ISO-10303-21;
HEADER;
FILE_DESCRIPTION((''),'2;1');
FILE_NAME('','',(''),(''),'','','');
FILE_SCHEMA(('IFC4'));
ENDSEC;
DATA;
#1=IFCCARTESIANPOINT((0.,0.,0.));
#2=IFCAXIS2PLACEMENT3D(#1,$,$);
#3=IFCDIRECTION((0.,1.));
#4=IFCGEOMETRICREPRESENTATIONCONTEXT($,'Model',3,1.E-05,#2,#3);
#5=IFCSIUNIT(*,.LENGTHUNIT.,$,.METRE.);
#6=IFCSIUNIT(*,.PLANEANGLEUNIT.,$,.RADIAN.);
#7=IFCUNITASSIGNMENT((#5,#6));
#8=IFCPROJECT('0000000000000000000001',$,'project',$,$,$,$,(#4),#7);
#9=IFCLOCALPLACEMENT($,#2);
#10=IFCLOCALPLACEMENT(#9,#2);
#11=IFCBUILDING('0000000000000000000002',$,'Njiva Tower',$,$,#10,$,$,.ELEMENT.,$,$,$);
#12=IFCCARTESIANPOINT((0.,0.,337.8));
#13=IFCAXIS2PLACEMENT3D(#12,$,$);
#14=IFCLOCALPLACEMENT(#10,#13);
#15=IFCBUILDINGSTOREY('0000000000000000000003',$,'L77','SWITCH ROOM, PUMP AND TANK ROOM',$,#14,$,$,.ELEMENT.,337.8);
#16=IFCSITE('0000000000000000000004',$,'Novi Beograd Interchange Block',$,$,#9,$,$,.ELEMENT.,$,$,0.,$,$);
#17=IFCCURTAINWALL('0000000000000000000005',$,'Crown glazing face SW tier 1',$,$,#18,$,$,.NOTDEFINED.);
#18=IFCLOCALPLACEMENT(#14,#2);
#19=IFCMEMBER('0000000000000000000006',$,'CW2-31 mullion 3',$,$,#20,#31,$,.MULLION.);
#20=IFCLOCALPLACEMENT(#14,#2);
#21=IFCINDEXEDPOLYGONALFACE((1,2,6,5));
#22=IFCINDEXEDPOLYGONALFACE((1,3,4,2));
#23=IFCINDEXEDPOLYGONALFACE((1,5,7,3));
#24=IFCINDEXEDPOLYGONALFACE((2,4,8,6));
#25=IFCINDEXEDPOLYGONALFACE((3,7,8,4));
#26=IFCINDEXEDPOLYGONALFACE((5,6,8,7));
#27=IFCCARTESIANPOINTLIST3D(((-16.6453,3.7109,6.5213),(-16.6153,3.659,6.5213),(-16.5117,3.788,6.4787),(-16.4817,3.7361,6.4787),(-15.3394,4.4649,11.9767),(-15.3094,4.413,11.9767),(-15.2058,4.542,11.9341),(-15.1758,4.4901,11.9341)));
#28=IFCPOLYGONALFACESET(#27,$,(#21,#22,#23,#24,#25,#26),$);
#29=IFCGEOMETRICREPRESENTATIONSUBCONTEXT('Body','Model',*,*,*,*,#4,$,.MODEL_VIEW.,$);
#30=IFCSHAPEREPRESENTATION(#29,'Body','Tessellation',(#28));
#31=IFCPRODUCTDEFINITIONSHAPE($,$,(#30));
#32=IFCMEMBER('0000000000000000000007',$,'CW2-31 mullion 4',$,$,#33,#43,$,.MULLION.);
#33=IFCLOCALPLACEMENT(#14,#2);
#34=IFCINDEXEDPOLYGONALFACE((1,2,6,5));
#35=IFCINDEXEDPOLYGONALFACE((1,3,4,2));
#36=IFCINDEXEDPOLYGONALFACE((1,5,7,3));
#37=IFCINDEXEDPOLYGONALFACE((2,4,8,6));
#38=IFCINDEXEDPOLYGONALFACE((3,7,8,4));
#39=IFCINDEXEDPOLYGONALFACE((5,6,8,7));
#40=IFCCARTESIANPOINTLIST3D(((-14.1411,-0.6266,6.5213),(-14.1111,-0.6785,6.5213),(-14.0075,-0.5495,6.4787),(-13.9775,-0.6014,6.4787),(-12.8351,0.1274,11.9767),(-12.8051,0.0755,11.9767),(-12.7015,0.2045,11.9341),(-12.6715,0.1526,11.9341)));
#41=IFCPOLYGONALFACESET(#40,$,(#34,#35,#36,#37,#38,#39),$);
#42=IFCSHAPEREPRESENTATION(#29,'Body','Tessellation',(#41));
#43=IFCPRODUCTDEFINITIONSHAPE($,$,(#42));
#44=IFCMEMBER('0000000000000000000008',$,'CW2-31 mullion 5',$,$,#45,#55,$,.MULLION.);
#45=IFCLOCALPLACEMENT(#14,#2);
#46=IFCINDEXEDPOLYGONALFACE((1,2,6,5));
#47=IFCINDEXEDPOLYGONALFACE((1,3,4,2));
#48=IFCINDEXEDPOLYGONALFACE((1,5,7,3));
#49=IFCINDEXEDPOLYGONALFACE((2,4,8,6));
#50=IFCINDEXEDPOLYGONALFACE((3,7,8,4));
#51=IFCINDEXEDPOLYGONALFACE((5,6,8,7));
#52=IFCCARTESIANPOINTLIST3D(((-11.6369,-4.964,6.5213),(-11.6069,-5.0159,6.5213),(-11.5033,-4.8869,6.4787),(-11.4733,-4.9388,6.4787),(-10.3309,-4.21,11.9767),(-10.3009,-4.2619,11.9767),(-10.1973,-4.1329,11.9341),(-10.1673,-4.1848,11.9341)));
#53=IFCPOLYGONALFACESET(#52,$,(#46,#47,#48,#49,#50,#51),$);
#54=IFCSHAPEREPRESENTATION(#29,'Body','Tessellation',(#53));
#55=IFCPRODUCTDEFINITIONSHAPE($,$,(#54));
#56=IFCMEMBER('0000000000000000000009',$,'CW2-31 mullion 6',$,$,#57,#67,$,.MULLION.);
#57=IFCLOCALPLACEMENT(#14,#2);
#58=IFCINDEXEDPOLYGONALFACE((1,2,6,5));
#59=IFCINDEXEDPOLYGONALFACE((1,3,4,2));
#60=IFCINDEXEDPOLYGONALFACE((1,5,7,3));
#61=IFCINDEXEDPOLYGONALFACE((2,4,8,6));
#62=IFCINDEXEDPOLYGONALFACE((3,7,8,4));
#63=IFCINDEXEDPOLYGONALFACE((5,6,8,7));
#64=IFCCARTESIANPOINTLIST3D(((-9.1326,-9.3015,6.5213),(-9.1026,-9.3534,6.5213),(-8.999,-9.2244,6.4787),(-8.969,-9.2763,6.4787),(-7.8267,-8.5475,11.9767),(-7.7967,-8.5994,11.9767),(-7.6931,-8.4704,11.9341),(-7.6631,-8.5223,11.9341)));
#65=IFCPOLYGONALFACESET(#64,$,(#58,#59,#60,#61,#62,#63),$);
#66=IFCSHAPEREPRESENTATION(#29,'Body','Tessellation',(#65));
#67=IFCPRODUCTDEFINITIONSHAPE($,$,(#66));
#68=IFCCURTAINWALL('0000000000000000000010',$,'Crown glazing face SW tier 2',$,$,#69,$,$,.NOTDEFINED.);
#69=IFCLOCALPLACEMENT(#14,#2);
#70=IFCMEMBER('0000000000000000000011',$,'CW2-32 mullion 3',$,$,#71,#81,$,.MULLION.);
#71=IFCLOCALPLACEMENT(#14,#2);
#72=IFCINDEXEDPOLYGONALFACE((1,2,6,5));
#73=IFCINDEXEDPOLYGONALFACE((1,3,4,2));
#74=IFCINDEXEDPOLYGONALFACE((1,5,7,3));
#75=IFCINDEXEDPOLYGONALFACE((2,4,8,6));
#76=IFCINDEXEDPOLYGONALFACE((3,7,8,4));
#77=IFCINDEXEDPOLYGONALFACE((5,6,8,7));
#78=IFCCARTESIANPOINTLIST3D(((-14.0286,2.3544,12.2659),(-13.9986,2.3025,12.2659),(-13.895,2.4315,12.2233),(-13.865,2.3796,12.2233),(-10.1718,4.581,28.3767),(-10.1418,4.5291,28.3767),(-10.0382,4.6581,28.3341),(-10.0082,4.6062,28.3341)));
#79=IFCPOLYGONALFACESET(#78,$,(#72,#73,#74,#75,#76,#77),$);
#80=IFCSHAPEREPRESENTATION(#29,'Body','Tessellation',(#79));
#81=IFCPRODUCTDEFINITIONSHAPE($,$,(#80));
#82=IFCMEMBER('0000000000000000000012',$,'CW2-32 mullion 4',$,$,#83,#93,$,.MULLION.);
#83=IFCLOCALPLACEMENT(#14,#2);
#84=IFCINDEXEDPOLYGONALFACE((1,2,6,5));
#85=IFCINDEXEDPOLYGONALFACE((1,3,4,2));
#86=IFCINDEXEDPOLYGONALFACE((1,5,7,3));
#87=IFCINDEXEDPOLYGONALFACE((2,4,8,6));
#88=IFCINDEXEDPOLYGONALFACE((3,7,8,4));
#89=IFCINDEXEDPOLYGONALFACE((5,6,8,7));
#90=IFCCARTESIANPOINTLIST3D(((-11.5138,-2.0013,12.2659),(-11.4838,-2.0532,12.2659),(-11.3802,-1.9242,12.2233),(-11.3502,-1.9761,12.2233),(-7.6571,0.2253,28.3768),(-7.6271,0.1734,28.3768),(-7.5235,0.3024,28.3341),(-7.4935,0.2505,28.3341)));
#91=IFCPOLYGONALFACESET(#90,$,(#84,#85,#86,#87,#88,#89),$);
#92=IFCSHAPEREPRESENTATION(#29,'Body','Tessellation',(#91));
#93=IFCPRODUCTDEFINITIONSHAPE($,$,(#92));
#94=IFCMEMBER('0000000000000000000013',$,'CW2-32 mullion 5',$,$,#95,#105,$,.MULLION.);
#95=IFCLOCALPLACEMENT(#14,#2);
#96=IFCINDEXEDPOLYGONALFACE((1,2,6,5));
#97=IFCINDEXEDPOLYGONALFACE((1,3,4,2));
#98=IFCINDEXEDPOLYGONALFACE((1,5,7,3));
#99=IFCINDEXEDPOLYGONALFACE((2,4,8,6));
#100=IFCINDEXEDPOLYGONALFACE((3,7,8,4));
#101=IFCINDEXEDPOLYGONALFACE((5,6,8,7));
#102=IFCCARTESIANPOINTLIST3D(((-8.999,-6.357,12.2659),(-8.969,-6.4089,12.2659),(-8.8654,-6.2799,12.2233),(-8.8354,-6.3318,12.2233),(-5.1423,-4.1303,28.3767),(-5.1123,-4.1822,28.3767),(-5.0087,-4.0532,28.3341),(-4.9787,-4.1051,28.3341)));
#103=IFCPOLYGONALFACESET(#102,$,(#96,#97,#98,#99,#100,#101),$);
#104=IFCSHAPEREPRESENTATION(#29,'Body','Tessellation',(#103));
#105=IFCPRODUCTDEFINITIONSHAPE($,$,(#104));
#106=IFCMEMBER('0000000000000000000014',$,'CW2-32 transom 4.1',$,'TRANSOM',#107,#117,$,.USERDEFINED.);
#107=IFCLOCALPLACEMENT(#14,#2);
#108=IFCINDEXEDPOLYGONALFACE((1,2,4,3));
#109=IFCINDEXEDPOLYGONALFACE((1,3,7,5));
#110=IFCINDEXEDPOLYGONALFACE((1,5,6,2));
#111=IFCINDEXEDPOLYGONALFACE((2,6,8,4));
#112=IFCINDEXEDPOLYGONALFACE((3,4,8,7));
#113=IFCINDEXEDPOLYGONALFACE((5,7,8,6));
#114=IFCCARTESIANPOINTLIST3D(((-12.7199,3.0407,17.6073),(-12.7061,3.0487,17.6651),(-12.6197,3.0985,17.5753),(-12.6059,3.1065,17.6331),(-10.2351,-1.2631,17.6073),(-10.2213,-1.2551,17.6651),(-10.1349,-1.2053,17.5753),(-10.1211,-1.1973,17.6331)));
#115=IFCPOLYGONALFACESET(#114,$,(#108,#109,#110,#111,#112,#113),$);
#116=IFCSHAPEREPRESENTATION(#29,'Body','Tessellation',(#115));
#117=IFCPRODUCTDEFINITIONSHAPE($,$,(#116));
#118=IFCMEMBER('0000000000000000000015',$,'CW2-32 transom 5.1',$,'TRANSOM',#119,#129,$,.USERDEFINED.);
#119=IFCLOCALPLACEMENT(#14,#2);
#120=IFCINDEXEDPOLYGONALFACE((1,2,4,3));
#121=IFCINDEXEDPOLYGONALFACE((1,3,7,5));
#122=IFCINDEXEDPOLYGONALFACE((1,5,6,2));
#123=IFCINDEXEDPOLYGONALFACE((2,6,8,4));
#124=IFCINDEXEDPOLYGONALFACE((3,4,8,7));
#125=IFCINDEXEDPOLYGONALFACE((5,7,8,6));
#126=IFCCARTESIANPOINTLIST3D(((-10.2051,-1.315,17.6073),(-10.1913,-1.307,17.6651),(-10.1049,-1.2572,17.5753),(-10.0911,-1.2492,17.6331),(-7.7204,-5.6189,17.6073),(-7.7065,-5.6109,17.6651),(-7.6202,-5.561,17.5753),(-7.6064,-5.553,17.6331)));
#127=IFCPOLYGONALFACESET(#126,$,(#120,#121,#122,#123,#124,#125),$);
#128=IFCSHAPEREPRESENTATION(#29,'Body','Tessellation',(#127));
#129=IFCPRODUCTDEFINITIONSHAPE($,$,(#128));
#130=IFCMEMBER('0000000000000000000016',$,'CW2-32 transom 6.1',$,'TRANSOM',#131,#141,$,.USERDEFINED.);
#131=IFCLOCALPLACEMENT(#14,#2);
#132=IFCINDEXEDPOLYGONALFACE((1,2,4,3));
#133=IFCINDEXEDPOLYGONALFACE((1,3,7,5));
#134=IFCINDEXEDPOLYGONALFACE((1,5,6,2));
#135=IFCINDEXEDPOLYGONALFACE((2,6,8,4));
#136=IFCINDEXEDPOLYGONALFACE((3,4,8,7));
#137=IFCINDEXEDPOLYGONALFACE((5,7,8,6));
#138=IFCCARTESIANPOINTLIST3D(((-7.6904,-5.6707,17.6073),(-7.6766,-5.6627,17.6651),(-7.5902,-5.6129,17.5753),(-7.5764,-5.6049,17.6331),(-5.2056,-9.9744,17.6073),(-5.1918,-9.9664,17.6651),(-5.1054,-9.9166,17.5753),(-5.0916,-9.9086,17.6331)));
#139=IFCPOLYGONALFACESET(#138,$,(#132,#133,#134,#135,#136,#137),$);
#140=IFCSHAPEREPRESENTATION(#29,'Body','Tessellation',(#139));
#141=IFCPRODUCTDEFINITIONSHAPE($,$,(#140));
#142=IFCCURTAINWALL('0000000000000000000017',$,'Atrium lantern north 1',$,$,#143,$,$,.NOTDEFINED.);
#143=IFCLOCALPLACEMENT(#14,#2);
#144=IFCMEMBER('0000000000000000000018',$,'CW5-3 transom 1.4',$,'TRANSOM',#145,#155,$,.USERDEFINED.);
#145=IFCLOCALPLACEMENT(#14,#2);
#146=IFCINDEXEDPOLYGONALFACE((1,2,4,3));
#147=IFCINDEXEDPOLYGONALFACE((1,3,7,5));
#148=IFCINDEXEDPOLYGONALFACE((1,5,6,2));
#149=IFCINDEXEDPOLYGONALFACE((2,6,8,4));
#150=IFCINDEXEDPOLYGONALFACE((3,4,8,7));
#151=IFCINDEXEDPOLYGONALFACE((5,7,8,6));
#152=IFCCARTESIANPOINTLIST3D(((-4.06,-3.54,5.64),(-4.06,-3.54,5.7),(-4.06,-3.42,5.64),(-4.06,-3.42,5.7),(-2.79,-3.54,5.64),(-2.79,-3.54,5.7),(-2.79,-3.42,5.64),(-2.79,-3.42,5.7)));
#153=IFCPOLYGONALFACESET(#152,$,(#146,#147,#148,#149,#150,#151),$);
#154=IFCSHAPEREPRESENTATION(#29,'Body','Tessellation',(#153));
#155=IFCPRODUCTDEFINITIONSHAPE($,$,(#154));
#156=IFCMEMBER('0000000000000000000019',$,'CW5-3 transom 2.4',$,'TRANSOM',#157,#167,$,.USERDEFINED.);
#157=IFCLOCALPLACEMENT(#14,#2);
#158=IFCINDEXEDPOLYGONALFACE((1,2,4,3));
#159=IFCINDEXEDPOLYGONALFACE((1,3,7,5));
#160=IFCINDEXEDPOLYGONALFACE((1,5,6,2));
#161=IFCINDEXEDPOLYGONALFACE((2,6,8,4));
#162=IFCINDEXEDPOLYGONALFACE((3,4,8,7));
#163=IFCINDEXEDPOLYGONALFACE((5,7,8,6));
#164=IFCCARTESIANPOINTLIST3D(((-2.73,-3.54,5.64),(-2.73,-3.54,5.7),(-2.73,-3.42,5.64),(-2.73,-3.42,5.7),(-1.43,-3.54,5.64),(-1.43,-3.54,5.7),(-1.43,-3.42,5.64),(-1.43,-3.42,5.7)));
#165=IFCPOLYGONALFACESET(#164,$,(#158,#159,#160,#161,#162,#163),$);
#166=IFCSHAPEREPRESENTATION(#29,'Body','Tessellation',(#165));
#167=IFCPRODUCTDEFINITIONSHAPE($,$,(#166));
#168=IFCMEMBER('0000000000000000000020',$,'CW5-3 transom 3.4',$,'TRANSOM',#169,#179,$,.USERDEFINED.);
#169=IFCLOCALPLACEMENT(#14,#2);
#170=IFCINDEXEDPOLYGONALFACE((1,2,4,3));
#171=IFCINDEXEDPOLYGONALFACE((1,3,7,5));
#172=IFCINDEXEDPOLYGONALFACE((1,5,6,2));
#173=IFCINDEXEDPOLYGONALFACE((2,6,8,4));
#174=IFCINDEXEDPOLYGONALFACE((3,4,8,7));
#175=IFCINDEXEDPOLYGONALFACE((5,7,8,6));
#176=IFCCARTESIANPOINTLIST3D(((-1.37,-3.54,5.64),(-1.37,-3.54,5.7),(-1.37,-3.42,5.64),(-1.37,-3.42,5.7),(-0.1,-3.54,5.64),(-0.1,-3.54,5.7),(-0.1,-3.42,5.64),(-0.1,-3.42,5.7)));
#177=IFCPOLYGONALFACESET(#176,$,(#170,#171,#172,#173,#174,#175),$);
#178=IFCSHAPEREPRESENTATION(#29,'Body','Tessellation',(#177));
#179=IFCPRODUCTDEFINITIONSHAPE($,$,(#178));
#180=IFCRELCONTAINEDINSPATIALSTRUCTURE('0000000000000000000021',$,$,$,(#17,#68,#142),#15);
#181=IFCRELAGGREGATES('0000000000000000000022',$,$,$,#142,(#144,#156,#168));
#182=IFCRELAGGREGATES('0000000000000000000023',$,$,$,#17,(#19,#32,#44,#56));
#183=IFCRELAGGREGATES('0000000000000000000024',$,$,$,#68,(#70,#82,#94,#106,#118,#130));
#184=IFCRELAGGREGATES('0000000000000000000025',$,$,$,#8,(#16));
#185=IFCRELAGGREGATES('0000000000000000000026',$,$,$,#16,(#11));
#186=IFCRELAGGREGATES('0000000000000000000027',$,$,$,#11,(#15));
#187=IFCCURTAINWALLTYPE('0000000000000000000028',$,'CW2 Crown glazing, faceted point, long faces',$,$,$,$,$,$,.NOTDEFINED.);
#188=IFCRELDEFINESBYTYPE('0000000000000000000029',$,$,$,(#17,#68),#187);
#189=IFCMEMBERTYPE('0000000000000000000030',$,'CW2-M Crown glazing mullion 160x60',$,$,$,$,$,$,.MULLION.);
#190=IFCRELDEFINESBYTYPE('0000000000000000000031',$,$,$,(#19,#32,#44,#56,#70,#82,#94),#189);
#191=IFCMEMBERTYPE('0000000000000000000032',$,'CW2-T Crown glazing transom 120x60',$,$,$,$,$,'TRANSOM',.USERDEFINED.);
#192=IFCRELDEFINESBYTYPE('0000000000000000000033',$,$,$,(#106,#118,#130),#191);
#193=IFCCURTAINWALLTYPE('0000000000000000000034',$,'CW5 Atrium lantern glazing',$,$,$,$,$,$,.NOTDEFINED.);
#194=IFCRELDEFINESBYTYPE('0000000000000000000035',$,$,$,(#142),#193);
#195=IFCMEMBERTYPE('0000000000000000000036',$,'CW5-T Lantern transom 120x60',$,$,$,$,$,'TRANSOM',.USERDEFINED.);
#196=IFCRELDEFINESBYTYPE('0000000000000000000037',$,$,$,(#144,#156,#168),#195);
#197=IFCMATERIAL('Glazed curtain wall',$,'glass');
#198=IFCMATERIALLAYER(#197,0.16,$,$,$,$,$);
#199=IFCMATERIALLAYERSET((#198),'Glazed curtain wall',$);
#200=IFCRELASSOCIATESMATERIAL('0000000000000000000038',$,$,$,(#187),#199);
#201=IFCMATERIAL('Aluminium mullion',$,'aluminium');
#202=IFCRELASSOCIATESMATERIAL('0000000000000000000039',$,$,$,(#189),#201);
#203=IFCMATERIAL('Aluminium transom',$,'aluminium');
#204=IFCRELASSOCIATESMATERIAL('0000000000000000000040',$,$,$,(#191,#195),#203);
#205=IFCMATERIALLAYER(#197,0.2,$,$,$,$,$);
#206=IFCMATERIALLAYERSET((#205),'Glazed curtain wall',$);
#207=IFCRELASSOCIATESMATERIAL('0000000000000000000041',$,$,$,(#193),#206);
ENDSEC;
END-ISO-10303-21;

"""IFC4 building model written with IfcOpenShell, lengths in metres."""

from ifc_helpers import new_model, si_unit, direction, frame, origin, origin_2d, place, context, subcontext, project, spatial, rectangle, extrude, clip, halfspace, material, layer, layer_set, material_profile, profile_set, type_object, element, aggregate, save


model = new_model("IFC4")

# Units and contexts
model_context = context("Model", 3, precision=1e-05, world=origin(), true_north=direction((0.0, 1.0)))
body_context = subcontext(model_context, "Body", "Model", "MODEL_VIEW")
ifc_project = project(units=[si_unit("LENGTHUNIT", "METRE"), si_unit("PLANEANGLEUNIT", "RADIAN")], contexts=[model_context])

# Site, building, storey
site_placement = place(None, origin())
site = spatial("IfcSite", under=ifc_project, at=site_placement, Name="Novi Beograd Interchange Block", CompositionType="ELEMENT", RefElevation=0.0)
building_placement = place(site_placement, origin())
building = spatial("IfcBuilding", under=site, at=building_placement, Name="Njiva Tower", CompositionType="ELEMENT")
storey_placement = place(building_placement, frame((0.0, 0.0, 337.8)))
storey = spatial("IfcBuildingStorey", under=building, at=storey_placement, Name="L77", Description="SWITCH ROOM, PUMP AND TANK ROOM", CompositionType="ELEMENT", Elevation=337.8)

# Curtain walls, members
ifc_material_1 = material(Name="Glazed curtain wall", Category="glass")
ifc_layer_1 = layer(ifc_material_1, 0.16)
ifc_layer_set_1 = layer_set([ifc_layer_1], Name="Glazed curtain wall")
curtain_wall_type_1 = type_object("IfcCurtainWallType", Name="CW2 Crown glazing, faceted point, long faces", PredefinedType="NOTDEFINED", material=ifc_layer_set_1)
curtain_wall_1_placement = place(storey_placement, origin())
curtain_wall_1 = element("IfcCurtainWall", 1, at=curtain_wall_1_placement, inside=storey, type_object=curtain_wall_type_1, Name="Crown glazing face SW tier 1", PredefinedType="NOTDEFINED")
ifc_material_2 = material(Name="Aluminium mullion", Category="aluminium")
ifc_material_profile_1 = material_profile(ifc_material_2, rectangle(XDim=0.16, YDim=0.06, at=origin_2d()), Name="RECT 160x60")
ifc_profile_set_1 = profile_set([ifc_material_profile_1], Name="Aluminium mullion")
member_type_1 = type_object("IfcMemberType", Name="CW2-M Crown glazing mullion 160x60", PredefinedType="MULLION", material=ifc_profile_set_1)
member_1_placement = place(storey_placement, frame((-16.5635, 3.7235, 6.5), z_axis=(0.230726, 0.133216, 0.963856), x_axis=(-0.834714, -0.481947, 0.266422)))
member_1 = element("IfcMember", 2, at=member_1_placement, type_object=member_type_1, Name="CW2-31 mullion 3", PredefinedType="MULLION", context=body_context, shape_type="Clipping", body=[
    clip(clip(extrude(rectangle(XDim=0.16, YDim=0.06, at=origin_2d()), origin(), (0.0, 0.0, 1.0), 5.66), halfspace(frame((0.08, 0.0, 0.0), z_axis=(0.000006, -0.000006, -1.0), x_axis=(0.0, -1.0, 0.000006)), False)), halfspace(frame((0.08, 0.0, 5.66), z_axis=(-0.000006, 0.000006, 1.0), x_axis=(0.0, 1.0, -0.000006)), False)),
])
member_2_placement = place(storey_placement, frame((-14.0593, -0.614, 6.5), z_axis=(0.230742, 0.133216, 0.963852), x_axis=(-0.834726, -0.481917, 0.266436)))
member_2 = element("IfcMember", 3, at=member_2_placement, type_object=member_type_1, Name="CW2-31 mullion 4", PredefinedType="MULLION", context=body_context, shape_type="Clipping", body=[
    clip(clip(extrude(rectangle(XDim=0.16, YDim=0.06, at=origin_2d()), origin(), (0.0, 0.0, 1.0), 5.66), halfspace(frame((0.08, 0.0, 0.0), z_axis=(-0.000008, 0.000003, -1.0), x_axis=(0.0, -1.0, -0.000003)), False)), halfspace(frame((0.08, -0.0001, 5.66), z_axis=(0.000008, -0.000003, 1.0), x_axis=(0.0, 1.0, 0.000003)), False)),
])
member_3_placement = place(storey_placement, frame((-11.5551, -4.9514, 6.5), z_axis=(0.230742, 0.133216, 0.963852), x_axis=(-0.834726, -0.481917, 0.266436)))
member_3 = element("IfcMember", 4, at=member_3_placement, type_object=member_type_1, Name="CW2-31 mullion 5", PredefinedType="MULLION", context=body_context, shape_type="Clipping", body=[
    clip(clip(extrude(rectangle(XDim=0.16, YDim=0.06, at=origin_2d()), origin(), (0.0, 0.0, 1.0), 5.66), halfspace(frame((0.08, 0.0, 0.0), z_axis=(-0.000008, 0.000003, -1.0), x_axis=(0.0, -1.0, -0.000003)), False)), halfspace(frame((0.08, 0.0, 5.66), z_axis=(0.000008, -0.000003, 1.0), x_axis=(0.0, 1.0, 0.000003)), False)),
])
member_4_placement = place(storey_placement, frame((-9.0508, -9.2889, 6.5), z_axis=(0.230726, 0.133216, 0.963856), x_axis=(-0.834714, -0.481947, 0.266422)))
member_4 = element("IfcMember", 5, at=member_4_placement, type_object=member_type_1, Name="CW2-31 mullion 6", PredefinedType="MULLION", context=body_context, shape_type="Clipping", body=[
    clip(clip(extrude(rectangle(XDim=0.16, YDim=0.06, at=origin_2d()), origin(), (0.0, 0.0, 1.0), 5.66), halfspace(frame((0.08, 0.0, 0.0), z_axis=(0.000006, -0.000006, -1.0), x_axis=(0.0, -1.0, 0.000006)), False)), halfspace(frame((0.08, 0.0, 5.66), z_axis=(-0.000006, 0.000006, 1.0), x_axis=(0.0, 1.0, -0.000006)), False)),
])
curtain_wall_2_placement = place(storey_placement, origin())
curtain_wall_2 = element("IfcCurtainWall", 6, at=curtain_wall_2_placement, inside=storey, type_object=curtain_wall_type_1, Name="Crown glazing face SW tier 2", PredefinedType="NOTDEFINED")
member_5_placement = place(storey_placement, frame((-13.9468, 2.367, 12.2446), z_axis=(0.230739, 0.13321, 0.963854), x_axis=(-0.834734, -0.481907, 0.266431)))
member_5 = element("IfcMember", 7, at=member_5_placement, type_object=member_type_1, Name="CW2-32 mullion 3", PredefinedType="MULLION", context=body_context, shape_type="Clipping", body=[
    clip(clip(extrude(rectangle(XDim=0.16, YDim=0.06, at=origin_2d()), origin(), (0.0, 0.0, 1.0), 16.715), halfspace(frame((0.08, 0.0001, 0.0), z_axis=(-0.000002, 0.000006, -1.0), x_axis=(0.0, -1.0, -0.000006)), False)), halfspace(frame((0.08, -0.0001, 16.715), z_axis=(0.000002, -0.000006, 1.0), x_axis=(0.0, 1.0, 0.000006)), False)),
])
member_6_placement = place(storey_placement, frame((-11.432, -1.9887, 12.2446), z_axis=(0.230733, 0.13321, 0.963855), x_axis=(-0.834729, -0.481917, 0.266426)))
member_6 = element("IfcMember", 8, at=member_6_placement, type_object=member_type_1, Name="CW2-32 mullion 4", PredefinedType="MULLION", context=body_context, shape_type="Clipping", body=[
    clip(clip(extrude(rectangle(XDim=0.16, YDim=0.06, at=origin_2d()), origin(), (0.0, 0.0, 1.0), 16.715), halfspace(frame((0.08, 0.0, 0.0), z_axis=(0.000002, 0.000003, -1.0), x_axis=(0.0, -1.0, -0.000003)), False)), halfspace(frame((0.08, 0.0, 16.715), z_axis=(-0.000002, -0.000003, 1.0), x_axis=(0.0, 1.0, 0.000003)), False)),
])
member_7_placement = place(storey_placement, frame((-8.9172, -6.3444, 12.2446), z_axis=(0.230733, 0.133216, 0.963855), x_axis=(-0.834719, -0.481933, 0.266429)))
member_7 = element("IfcMember", 9, at=member_7_placement, type_object=member_type_1, Name="CW2-32 mullion 5", PredefinedType="MULLION", context=body_context, shape_type="Clipping", body=[
    clip(clip(extrude(rectangle(XDim=0.16, YDim=0.06, at=origin_2d()), origin(), (0.0, 0.0, 1.0), 16.715), halfspace(frame((0.08, 0.0, 0.0), z_axis=(0.0, -0.000002, -1.0), x_axis=(0.0, -1.0, 0.000002)), False)), halfspace(frame((0.08, 0.0, 16.715), z_axis=(0.0, 0.000002, 1.0), x_axis=(0.0, 1.0, -0.000002)), False)),
])
ifc_material_3 = material(Name="Aluminium transom", Category="aluminium")
ifc_material_profile_2 = material_profile(ifc_material_3, rectangle(XDim=0.12, YDim=0.06, at=origin_2d()), Name="RECT 120x60")
ifc_profile_set_2 = profile_set([ifc_material_profile_2], Name="Aluminium transom")
member_type_2 = type_object("IfcMemberType", Name="CW2-T Crown glazing transom 120x60", ElementType="TRANSOM", PredefinedType="USERDEFINED", material=ifc_profile_set_2)
member_8_placement = place(storey_placement, frame((-12.6629, 3.0736, 17.6202), z_axis=(0.5, -0.866025, 0.0), x_axis=(-0.834723, -0.481927, 0.266428)))
member_8 = element("IfcMember", 10, at=member_8_placement, type_object=member_type_2, Name="CW2-32 transom 4.1", ObjectType="TRANSOM", PredefinedType="USERDEFINED", context=body_context, shape_type="SweptSolid", body=[
    extrude(rectangle(XDim=0.12, YDim=0.06, at=origin_2d()), origin(), (0.0, 0.0, 1.0), 4.9696),
])
member_9_placement = place(storey_placement, frame((-10.1481, -1.2821, 17.6202), z_axis=(0.499985, -0.866034, 0.0), x_axis=(-0.834731, -0.481913, 0.266428)))
member_9 = element("IfcMember", 11, at=member_9_placement, type_object=member_type_2, Name="CW2-32 transom 5.1", ObjectType="TRANSOM", PredefinedType="USERDEFINED", context=body_context, shape_type="SweptSolid", body=[
    extrude(rectangle(XDim=0.12, YDim=0.06, at=origin_2d()), origin(), (0.0, 0.0, 1.0), 4.9696),
])
member_10_placement = place(storey_placement, frame((-7.6334, -5.6378, 17.6202), z_axis=(0.500009, -0.86602, 0.0), x_axis=(-0.834718, -0.481936, 0.266428)))
member_10 = element("IfcMember", 12, at=member_10_placement, type_object=member_type_2, Name="CW2-32 transom 6.1", ObjectType="TRANSOM", PredefinedType="USERDEFINED", context=body_context, shape_type="SweptSolid", body=[
    extrude(rectangle(XDim=0.12, YDim=0.06, at=origin_2d()), origin(), (0.0, 0.0, 1.0), 4.9695),
])
ifc_layer_2 = layer(ifc_material_1, 0.2)
ifc_layer_set_2 = layer_set([ifc_layer_2], Name="Glazed curtain wall")
curtain_wall_type_2 = type_object("IfcCurtainWallType", Name="CW5 Atrium lantern glazing", PredefinedType="NOTDEFINED", material=ifc_layer_set_2)
curtain_wall_3_placement = place(storey_placement, origin())
curtain_wall_3 = element("IfcCurtainWall", 13, at=curtain_wall_3_placement, inside=storey, type_object=curtain_wall_type_2, Name="Atrium lantern north 1", PredefinedType="NOTDEFINED")
ifc_material_profile_3 = material_profile(ifc_material_3, rectangle(XDim=0.12, YDim=0.06, at=origin_2d()), Name="RECT 120x60")
ifc_profile_set_3 = profile_set([ifc_material_profile_3], Name="Aluminium transom")
member_type_3 = type_object("IfcMemberType", Name="CW5-T Lantern transom 120x60", ElementType="TRANSOM", PredefinedType="USERDEFINED", material=ifc_profile_set_3)
member_11_placement = place(storey_placement, frame((-4.06, -3.48, 5.67), z_axis=(1.0, 0.0, 0.0), x_axis=(0.0, 1.0, 0.0)))
member_11 = element("IfcMember", 14, at=member_11_placement, type_object=member_type_3, Name="CW5-3 transom 1.4", ObjectType="TRANSOM", PredefinedType="USERDEFINED", context=body_context, shape_type="SweptSolid", body=[
    extrude(rectangle(XDim=0.12, YDim=0.06, at=origin_2d()), origin(), (0.0, 0.0, 1.0), 1.27),
])
member_12_placement = place(storey_placement, frame((-2.73, -3.48, 5.67), z_axis=(1.0, 0.0, 0.0), x_axis=(0.0, 1.0, 0.0)))
member_12 = element("IfcMember", 15, at=member_12_placement, type_object=member_type_3, Name="CW5-3 transom 2.4", ObjectType="TRANSOM", PredefinedType="USERDEFINED", context=body_context, shape_type="SweptSolid", body=[
    extrude(rectangle(XDim=0.12, YDim=0.06, at=origin_2d()), origin(), (0.0, 0.0, 1.0), 1.3),
])
member_13_placement = place(storey_placement, frame((-1.37, -3.48, 5.67), z_axis=(1.0, 0.0, 0.0), x_axis=(0.0, 1.0, 0.0)))
member_13 = element("IfcMember", 16, at=member_13_placement, type_object=member_type_3, Name="CW5-3 transom 3.4", ObjectType="TRANSOM", PredefinedType="USERDEFINED", context=body_context, shape_type="SweptSolid", body=[
    extrude(rectangle(XDim=0.12, YDim=0.06, at=origin_2d()), origin(), (0.0, 0.0, 1.0), 1.27),
])
aggregate(curtain_wall_3, [member_11, member_12, member_13])

aggregate(curtain_wall_1, [member_1, member_2, member_3, member_4])
aggregate(curtain_wall_2, [member_5, member_6, member_7, member_8, member_9, member_10])

save(model, "model.ifc")
